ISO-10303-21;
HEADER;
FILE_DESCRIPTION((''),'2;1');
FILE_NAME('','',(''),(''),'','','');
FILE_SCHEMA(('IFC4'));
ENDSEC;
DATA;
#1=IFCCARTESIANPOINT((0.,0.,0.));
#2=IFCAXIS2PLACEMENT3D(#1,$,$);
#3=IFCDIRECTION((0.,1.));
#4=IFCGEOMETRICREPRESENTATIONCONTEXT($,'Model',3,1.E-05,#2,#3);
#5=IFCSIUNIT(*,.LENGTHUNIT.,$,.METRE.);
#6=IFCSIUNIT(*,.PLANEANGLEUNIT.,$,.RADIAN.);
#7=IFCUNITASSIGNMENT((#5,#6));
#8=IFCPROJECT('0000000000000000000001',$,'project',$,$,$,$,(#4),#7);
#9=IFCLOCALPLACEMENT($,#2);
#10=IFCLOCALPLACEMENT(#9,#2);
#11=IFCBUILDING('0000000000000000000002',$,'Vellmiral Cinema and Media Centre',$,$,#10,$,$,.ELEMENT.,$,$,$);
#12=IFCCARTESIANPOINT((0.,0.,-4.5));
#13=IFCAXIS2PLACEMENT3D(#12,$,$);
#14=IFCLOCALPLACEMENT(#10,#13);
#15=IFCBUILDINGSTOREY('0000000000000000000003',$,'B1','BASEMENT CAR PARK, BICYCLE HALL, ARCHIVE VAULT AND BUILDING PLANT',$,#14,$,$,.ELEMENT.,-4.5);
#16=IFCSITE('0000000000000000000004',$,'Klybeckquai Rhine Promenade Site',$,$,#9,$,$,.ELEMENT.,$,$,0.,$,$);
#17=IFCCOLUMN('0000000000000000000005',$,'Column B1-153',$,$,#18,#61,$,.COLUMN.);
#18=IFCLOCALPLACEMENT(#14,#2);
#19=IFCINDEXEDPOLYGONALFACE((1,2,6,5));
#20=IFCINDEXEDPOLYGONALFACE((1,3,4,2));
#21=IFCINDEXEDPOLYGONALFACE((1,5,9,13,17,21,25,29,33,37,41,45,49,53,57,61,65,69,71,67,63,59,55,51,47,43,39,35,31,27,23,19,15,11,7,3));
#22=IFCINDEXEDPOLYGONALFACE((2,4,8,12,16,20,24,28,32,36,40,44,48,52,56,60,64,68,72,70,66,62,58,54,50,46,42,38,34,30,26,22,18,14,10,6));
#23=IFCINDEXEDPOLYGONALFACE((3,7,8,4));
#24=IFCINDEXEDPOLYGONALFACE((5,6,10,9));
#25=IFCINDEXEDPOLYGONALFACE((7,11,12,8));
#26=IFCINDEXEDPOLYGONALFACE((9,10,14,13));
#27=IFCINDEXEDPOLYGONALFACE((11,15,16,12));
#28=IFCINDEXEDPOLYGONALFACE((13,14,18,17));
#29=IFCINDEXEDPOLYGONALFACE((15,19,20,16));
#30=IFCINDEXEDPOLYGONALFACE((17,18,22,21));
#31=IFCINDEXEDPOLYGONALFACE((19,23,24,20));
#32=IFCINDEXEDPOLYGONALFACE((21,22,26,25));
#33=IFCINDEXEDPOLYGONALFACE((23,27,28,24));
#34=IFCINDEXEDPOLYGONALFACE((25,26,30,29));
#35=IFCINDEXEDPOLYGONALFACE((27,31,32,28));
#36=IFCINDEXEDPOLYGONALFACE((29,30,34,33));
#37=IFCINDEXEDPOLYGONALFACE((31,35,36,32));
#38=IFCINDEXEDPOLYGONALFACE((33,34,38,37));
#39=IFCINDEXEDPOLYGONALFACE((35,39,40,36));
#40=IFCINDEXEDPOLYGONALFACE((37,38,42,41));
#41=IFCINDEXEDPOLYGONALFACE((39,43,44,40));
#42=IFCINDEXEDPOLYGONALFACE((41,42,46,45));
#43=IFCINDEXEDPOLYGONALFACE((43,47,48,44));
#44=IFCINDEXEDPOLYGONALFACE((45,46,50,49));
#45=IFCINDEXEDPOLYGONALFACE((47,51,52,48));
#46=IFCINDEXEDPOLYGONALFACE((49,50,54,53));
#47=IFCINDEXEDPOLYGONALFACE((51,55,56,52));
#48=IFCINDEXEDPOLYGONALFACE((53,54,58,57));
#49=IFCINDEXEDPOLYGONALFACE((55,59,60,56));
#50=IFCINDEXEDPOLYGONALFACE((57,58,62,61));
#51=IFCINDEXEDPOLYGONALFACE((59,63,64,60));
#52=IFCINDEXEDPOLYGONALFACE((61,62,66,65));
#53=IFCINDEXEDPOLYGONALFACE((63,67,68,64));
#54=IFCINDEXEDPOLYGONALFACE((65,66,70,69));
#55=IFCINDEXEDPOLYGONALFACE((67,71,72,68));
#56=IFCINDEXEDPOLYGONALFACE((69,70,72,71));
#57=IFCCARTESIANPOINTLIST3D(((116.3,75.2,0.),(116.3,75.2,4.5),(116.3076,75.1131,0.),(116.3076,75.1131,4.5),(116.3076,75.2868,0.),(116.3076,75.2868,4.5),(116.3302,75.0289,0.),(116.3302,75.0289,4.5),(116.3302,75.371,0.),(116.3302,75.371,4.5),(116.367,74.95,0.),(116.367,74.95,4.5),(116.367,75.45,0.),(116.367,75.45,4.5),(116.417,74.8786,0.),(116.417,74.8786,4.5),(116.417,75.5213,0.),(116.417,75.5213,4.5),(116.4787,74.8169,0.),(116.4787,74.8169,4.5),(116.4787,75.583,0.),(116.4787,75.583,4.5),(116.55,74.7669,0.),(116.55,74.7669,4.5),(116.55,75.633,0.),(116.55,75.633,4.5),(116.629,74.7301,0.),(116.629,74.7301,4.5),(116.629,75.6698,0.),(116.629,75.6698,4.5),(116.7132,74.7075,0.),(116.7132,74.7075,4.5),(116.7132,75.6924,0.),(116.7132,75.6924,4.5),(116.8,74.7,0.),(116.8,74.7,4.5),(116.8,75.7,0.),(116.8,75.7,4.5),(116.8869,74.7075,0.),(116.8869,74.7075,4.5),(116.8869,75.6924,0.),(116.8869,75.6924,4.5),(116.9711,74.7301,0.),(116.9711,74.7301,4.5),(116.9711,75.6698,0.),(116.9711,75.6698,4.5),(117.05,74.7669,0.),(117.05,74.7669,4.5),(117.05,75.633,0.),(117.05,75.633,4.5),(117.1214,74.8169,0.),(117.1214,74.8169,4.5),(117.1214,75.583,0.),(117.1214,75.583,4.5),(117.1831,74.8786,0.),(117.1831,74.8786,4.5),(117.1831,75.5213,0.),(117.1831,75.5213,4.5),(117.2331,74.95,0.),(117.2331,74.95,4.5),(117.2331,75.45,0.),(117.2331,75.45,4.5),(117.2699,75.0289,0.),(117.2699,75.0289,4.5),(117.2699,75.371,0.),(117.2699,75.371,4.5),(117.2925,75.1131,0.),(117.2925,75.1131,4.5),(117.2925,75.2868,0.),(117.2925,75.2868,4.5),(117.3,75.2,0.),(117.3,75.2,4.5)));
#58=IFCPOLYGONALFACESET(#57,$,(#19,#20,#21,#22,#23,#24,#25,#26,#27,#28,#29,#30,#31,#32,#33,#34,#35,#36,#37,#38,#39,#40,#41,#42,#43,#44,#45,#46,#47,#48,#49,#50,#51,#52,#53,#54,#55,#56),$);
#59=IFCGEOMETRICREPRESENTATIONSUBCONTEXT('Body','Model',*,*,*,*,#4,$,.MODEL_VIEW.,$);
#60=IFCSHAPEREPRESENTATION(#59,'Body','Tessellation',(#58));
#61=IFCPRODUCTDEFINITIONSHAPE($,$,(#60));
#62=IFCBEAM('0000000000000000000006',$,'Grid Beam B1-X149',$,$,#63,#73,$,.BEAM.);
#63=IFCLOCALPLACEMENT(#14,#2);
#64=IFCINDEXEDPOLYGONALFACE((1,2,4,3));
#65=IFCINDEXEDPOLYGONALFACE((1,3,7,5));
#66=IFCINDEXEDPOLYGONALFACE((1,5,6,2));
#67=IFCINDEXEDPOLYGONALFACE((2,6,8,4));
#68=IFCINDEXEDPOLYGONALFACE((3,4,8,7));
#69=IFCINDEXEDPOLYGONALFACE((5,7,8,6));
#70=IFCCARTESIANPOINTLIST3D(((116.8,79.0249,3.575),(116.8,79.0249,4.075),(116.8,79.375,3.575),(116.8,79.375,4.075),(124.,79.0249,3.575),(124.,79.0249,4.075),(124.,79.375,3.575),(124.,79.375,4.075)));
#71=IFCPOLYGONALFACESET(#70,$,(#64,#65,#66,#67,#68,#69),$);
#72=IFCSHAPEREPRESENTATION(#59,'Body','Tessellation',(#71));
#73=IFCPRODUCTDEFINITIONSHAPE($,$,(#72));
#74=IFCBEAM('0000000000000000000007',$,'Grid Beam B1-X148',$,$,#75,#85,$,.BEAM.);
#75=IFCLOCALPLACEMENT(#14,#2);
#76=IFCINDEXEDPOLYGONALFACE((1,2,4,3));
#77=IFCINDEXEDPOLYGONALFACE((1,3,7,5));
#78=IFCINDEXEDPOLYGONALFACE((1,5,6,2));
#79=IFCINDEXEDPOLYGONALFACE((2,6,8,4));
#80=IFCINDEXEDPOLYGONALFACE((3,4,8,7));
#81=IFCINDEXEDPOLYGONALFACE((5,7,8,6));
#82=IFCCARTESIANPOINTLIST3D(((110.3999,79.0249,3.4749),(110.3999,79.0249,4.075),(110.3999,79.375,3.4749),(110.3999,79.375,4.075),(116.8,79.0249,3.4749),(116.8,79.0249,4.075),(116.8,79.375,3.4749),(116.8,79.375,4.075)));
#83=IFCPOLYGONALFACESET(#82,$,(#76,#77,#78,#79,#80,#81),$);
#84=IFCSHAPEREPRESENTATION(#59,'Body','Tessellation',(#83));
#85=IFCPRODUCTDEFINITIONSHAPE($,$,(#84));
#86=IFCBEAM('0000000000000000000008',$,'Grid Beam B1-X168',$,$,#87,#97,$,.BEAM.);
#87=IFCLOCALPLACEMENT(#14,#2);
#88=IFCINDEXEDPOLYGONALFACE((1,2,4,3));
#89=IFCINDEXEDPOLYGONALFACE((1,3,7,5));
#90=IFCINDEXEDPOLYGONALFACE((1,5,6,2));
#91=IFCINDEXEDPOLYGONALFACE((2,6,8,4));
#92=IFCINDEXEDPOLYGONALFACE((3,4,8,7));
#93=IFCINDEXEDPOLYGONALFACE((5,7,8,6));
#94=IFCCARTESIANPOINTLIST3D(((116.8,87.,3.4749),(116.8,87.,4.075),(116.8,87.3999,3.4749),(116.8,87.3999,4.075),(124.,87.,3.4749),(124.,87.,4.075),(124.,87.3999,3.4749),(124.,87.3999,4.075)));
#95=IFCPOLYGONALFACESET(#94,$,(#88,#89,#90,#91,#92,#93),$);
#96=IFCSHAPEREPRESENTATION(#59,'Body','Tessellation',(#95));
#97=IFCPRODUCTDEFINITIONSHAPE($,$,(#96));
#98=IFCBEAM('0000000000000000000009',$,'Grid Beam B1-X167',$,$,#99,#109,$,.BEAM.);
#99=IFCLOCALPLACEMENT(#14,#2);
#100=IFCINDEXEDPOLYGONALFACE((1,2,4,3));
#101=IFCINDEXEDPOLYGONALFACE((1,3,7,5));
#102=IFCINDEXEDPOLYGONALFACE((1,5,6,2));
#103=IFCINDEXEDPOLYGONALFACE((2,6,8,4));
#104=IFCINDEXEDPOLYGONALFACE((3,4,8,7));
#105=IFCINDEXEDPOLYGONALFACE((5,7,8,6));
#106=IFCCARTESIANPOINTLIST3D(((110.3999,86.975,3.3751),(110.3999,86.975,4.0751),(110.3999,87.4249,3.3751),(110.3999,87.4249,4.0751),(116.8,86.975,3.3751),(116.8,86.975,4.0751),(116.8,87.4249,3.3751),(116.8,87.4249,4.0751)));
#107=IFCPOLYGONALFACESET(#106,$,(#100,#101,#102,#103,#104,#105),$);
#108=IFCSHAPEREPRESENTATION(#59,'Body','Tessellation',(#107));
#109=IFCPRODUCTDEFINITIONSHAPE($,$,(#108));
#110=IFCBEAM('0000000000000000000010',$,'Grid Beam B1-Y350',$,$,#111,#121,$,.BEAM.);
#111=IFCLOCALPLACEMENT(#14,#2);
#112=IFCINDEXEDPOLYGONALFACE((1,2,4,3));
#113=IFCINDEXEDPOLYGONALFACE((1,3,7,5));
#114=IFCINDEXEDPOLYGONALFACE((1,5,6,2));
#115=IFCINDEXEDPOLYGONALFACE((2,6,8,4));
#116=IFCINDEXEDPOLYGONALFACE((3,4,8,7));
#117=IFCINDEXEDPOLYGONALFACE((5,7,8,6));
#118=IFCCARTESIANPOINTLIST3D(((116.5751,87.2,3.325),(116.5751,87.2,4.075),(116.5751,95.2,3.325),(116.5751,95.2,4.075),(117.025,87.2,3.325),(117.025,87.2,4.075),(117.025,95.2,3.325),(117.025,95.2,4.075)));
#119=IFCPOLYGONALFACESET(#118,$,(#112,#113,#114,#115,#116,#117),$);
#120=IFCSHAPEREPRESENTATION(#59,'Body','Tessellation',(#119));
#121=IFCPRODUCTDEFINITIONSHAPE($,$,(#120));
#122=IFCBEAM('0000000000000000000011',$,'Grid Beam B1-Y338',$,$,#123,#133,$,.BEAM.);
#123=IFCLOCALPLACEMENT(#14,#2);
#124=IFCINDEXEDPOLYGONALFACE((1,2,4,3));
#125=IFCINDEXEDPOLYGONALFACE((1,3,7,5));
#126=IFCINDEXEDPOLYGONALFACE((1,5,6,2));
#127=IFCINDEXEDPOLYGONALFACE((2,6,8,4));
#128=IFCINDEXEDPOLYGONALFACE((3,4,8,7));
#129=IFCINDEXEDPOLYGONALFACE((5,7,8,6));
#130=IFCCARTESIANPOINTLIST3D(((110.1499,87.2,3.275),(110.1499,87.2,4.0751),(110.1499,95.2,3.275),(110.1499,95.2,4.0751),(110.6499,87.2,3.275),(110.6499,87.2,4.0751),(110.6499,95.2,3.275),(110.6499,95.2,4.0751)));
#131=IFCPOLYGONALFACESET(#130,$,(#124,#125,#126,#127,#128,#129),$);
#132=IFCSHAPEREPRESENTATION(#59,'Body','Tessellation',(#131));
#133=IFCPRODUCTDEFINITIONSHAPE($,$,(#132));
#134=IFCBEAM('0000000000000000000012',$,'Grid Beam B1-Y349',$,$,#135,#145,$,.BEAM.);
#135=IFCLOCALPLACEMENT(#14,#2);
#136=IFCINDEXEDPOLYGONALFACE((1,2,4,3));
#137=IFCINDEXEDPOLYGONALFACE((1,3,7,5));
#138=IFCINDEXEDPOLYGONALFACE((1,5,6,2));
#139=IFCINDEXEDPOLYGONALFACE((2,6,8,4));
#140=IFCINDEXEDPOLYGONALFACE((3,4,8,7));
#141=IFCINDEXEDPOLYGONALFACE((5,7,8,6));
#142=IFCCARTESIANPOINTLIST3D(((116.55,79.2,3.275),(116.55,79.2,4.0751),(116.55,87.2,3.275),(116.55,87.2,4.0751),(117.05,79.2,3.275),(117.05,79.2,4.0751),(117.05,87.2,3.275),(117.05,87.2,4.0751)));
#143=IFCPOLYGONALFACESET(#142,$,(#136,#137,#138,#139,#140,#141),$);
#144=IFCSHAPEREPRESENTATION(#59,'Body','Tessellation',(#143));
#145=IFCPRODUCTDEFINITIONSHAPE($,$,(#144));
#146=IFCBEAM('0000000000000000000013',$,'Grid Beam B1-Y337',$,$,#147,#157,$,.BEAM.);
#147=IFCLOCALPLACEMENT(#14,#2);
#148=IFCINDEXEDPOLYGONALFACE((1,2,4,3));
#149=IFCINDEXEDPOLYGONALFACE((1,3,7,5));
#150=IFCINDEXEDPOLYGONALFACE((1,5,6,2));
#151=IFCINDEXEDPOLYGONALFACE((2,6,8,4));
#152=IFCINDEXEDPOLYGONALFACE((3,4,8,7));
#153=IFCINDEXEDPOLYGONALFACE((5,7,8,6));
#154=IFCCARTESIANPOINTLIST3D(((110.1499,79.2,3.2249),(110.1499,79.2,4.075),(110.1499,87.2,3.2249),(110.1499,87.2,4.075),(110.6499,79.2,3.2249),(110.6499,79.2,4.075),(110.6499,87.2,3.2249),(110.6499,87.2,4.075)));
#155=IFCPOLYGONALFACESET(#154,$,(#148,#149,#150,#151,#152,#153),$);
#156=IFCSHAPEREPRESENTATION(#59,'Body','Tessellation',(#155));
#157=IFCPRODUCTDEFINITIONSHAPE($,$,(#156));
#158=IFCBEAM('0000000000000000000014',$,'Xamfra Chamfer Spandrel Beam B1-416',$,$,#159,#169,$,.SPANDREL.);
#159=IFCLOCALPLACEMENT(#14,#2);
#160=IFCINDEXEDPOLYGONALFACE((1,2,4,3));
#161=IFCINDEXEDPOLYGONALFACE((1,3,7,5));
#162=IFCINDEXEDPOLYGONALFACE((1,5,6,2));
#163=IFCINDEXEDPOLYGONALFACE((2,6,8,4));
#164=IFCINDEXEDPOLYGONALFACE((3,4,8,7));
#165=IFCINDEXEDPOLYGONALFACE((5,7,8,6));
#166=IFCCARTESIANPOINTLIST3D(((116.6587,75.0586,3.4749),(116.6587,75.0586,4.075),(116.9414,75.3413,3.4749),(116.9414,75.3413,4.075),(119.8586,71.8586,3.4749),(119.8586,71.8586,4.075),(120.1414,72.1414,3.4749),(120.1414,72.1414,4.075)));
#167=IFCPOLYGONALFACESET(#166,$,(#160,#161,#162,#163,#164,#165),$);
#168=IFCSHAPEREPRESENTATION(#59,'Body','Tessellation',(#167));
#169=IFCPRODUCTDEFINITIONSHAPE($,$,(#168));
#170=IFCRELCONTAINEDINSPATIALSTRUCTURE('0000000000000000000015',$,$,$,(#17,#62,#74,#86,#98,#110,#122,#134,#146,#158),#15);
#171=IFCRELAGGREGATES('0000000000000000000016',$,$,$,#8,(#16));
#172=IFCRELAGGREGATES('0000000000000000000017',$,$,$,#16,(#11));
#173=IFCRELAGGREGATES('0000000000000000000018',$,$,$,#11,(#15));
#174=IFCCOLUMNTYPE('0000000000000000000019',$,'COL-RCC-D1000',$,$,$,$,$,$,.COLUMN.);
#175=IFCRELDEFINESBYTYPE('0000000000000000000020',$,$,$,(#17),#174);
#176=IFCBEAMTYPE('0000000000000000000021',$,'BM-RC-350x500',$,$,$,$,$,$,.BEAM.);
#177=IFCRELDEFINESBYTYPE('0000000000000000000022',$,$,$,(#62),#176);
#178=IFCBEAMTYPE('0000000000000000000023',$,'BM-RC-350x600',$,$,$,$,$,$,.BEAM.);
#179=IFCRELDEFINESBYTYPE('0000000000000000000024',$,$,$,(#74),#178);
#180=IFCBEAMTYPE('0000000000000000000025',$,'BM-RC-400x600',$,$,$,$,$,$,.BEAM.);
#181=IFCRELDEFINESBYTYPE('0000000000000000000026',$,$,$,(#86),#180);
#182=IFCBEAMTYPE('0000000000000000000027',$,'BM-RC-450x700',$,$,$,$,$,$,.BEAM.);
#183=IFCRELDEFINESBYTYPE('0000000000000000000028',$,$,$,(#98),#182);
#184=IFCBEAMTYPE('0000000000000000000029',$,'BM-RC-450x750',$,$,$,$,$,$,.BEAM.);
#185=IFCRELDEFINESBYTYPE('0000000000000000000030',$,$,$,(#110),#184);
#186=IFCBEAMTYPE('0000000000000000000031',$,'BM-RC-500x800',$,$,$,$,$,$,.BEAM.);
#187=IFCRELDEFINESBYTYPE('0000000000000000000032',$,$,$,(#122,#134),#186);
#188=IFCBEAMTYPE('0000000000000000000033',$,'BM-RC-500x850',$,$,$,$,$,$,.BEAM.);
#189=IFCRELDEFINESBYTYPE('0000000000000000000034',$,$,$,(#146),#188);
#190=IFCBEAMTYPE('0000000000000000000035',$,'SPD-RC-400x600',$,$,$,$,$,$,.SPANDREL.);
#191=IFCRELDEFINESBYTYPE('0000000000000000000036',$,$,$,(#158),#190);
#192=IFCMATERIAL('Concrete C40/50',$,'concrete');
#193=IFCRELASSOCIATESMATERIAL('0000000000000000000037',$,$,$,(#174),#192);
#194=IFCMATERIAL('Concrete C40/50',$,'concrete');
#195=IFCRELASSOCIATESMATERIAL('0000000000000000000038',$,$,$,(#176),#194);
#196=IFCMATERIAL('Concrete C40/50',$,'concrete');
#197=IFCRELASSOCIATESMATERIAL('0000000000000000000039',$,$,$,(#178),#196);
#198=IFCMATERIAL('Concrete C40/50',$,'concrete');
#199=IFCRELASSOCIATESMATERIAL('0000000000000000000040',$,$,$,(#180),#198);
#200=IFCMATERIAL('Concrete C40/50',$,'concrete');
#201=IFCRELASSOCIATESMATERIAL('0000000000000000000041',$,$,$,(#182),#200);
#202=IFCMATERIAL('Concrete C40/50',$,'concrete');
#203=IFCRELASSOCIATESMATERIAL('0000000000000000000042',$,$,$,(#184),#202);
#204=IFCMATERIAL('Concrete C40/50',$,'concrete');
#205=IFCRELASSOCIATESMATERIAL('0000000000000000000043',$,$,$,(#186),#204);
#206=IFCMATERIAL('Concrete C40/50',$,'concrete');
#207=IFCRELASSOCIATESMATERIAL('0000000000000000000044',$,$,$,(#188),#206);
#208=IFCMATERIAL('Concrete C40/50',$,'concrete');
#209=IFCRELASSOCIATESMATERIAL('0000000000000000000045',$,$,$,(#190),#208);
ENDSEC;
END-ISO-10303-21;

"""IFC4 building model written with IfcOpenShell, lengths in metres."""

from ifc_helpers import new_model, si_unit, direction, frame, origin, origin_2d, place, context, subcontext, project, spatial, rectangle, circle, extrude, material, material_profile, profile_set, type_object, element, save


model = new_model("IFC4")

# Units and contexts
model_context = context("Model", 3, precision=1e-05, world=origin(), true_north=direction((0.0, 1.0)))
body_context = subcontext(model_context, "Body", "Model", "MODEL_VIEW")
ifc_project = project(units=[si_unit("LENGTHUNIT", "METRE"), si_unit("PLANEANGLEUNIT", "RADIAN")], contexts=[model_context])

# Site, building, storey
site_placement = place(None, origin())
site = spatial("IfcSite", under=ifc_project, at=site_placement, Name="Klybeckquai Rhine Promenade Site", CompositionType="ELEMENT", RefElevation=0.0)
building_placement = place(site_placement, origin())
building = spatial("IfcBuilding", under=site, at=building_placement, Name="Vellmiral Cinema and Media Centre", CompositionType="ELEMENT")
storey_placement = place(building_placement, frame((0.0, 0.0, -4.5)))
storey = spatial("IfcBuildingStorey", under=building, at=storey_placement, Name="B1", Description="BASEMENT CAR PARK, BICYCLE HALL, ARCHIVE VAULT AND BUILDING PLANT", CompositionType="ELEMENT", Elevation=-4.5)

# Column
ifc_material_1 = material(Name="Concrete C40/50", Category="concrete")
ifc_material_profile_1 = material_profile(ifc_material_1, circle(Radius=0.5, at=origin_2d()), Name="RC D1000")
ifc_profile_set_1 = profile_set([ifc_material_profile_1], Name="Concrete C40/50")
column_type_1 = type_object("IfcColumnType", Name="COL-RCC-D1000", PredefinedType="COLUMN", material=ifc_profile_set_1)
column_placement = place(storey_placement, frame((116.8, 75.2, 0.0), z_axis=(0.0, 0.0, 1.0), x_axis=(1.0, 0.0, 0.0)))
element("IfcColumn", 1, at=column_placement, inside=storey, type_object=column_type_1, Name="Column B1-153", PredefinedType="COLUMN", context=body_context, shape_type="SweptSolid", body=[
    extrude(circle(Radius=0.5, at=origin_2d()), origin(), (0.0, 0.0, 1.0), 4.5),
])

# Beams
ifc_material_2 = material(Name="Concrete C40/50", Category="concrete")
ifc_material_profile_2 = material_profile(ifc_material_2, rectangle(XDim=0.3501, YDim=0.5, at=origin_2d()), Name="RC 350x500")
ifc_profile_set_2 = profile_set([ifc_material_profile_2], Name="Concrete C40/50")
beam_type_1 = type_object("IfcBeamType", Name="BM-RC-350x500", PredefinedType="BEAM", material=ifc_profile_set_2)
beam_1_placement = place(storey_placement, frame((116.8, 79.2, 3.825), z_axis=(1.0, 0.0, 0.0), x_axis=(0.0, 1.0, 0.0)))
element("IfcBeam", 2, at=beam_1_placement, inside=storey, type_object=beam_type_1, Name="Grid Beam B1-X149", PredefinedType="BEAM", context=body_context, shape_type="SweptSolid", body=[
    extrude(rectangle(XDim=0.3501, YDim=0.5, at=origin_2d()), origin(), (0.0, 0.0, 1.0), 7.2),
])
ifc_material_3 = material(Name="Concrete C40/50", Category="concrete")
ifc_material_profile_3 = material_profile(ifc_material_3, rectangle(XDim=0.3501, YDim=0.6001, at=origin_2d()), Name="RC 350x600")
ifc_profile_set_3 = profile_set([ifc_material_profile_3], Name="Concrete C40/50")
beam_type_2 = type_object("IfcBeamType", Name="BM-RC-350x600", PredefinedType="BEAM", material=ifc_profile_set_3)
beam_2_placement = place(storey_placement, frame((110.3999, 79.2, 3.7749), z_axis=(1.0, 0.0, 0.0), x_axis=(0.0, 1.0, 0.0)))
element("IfcBeam", 3, at=beam_2_placement, inside=storey, type_object=beam_type_2, Name="Grid Beam B1-X148", PredefinedType="BEAM", context=body_context, shape_type="SweptSolid", body=[
    extrude(rectangle(XDim=0.3501, YDim=0.6001, at=origin_2d()), origin(), (0.0, 0.0, 1.0), 6.4001),
])
ifc_material_4 = material(Name="Concrete C40/50", Category="concrete")
ifc_material_profile_4 = material_profile(ifc_material_4, rectangle(XDim=0.3999, YDim=0.6001, at=origin_2d()), Name="RC 400x600")
ifc_profile_set_4 = profile_set([ifc_material_profile_4], Name="Concrete C40/50")
beam_type_3 = type_object("IfcBeamType", Name="BM-RC-400x600", PredefinedType="BEAM", material=ifc_profile_set_4)
beam_3_placement = place(storey_placement, frame((116.8, 87.2, 3.7749), z_axis=(1.0, 0.0, 0.0), x_axis=(0.0, 1.0, 0.0)))
element("IfcBeam", 4, at=beam_3_placement, inside=storey, type_object=beam_type_3, Name="Grid Beam B1-X168", PredefinedType="BEAM", context=body_context, shape_type="SweptSolid", body=[
    extrude(rectangle(XDim=0.3999, YDim=0.6001, at=origin_2d()), origin(), (0.0, 0.0, 1.0), 7.2),
])
ifc_material_5 = material(Name="Concrete C40/50", Category="concrete")
ifc_material_profile_5 = material_profile(ifc_material_5, rectangle(XDim=0.45, YDim=0.7, at=origin_2d()), Name="RC 450x700")
ifc_profile_set_5 = profile_set([ifc_material_profile_5], Name="Concrete C40/50")
beam_type_4 = type_object("IfcBeamType", Name="BM-RC-450x700", PredefinedType="BEAM", material=ifc_profile_set_5)
beam_4_placement = place(storey_placement, frame((110.3999, 87.2, 3.7251), z_axis=(1.0, 0.0, 0.0), x_axis=(0.0, 1.0, 0.0)))
element("IfcBeam", 5, at=beam_4_placement, inside=storey, type_object=beam_type_4, Name="Grid Beam B1-X167", PredefinedType="BEAM", context=body_context, shape_type="SweptSolid", body=[
    extrude(rectangle(XDim=0.45, YDim=0.7, at=origin_2d()), origin(), (0.0, 0.0, 1.0), 6.4001),
])
ifc_material_6 = material(Name="Concrete C40/50", Category="concrete")
ifc_material_profile_6 = material_profile(ifc_material_6, rectangle(XDim=0.45, YDim=0.75, at=origin_2d()), Name="RC 450x750")
ifc_profile_set_6 = profile_set([ifc_material_profile_6], Name="Concrete C40/50")
beam_type_5 = type_object("IfcBeamType", Name="BM-RC-450x750", PredefinedType="BEAM", material=ifc_profile_set_6)
beam_5_placement = place(storey_placement, frame((116.8, 87.2, 3.7), z_axis=(0.0, 1.0, 0.0), x_axis=(-1.0, 0.0, 0.0)))
element("IfcBeam", 6, at=beam_5_placement, inside=storey, type_object=beam_type_5, Name="Grid Beam B1-Y350", PredefinedType="BEAM", context=body_context, shape_type="SweptSolid", body=[
    extrude(rectangle(XDim=0.45, YDim=0.75, at=origin_2d()), origin(), (0.0, 0.0, 1.0), 8.0),
])
ifc_material_7 = material(Name="Concrete C40/50", Category="concrete")
ifc_material_profile_7 = material_profile(ifc_material_7, rectangle(XDim=0.5, YDim=0.8, at=origin_2d()), Name="RC 500x800")
ifc_profile_set_7 = profile_set([ifc_material_profile_7], Name="Concrete C40/50")
beam_type_6 = type_object("IfcBeamType", Name="BM-RC-500x800", PredefinedType="BEAM", material=ifc_profile_set_7)
for number, where, z_axis, x_axis, name in (
    (7, (110.3999, 87.2, 3.675), (0.0, 1.0, 0.0), (-1.0, 0.0, 0.0), "Grid Beam B1-Y338"),
    (8, (116.8, 79.2, 3.675), (0.0, 1.0, 0.0), (-1.0, 0.0, 0.0), "Grid Beam B1-Y349"),
):
    element("IfcBeam", number, at=place(storey_placement, frame(where, z_axis=z_axis, x_axis=x_axis)), inside=storey, type_object=beam_type_6, Name=name, PredefinedType="BEAM", context=body_context, shape_type="SweptSolid", body=[
        extrude(rectangle(XDim=0.5, YDim=0.8, at=origin_2d()), origin(), (0.0, 0.0, 1.0), 8.0),
    ])
ifc_material_8 = material(Name="Concrete C40/50", Category="concrete")
ifc_material_profile_8 = material_profile(ifc_material_8, rectangle(XDim=0.5, YDim=0.8501, at=origin_2d()), Name="RC 500x850")
ifc_profile_set_8 = profile_set([ifc_material_profile_8], Name="Concrete C40/50")
beam_type_7 = type_object("IfcBeamType", Name="BM-RC-500x850", PredefinedType="BEAM", material=ifc_profile_set_8)
beam_6_placement = place(storey_placement, frame((110.3999, 79.2, 3.6499), z_axis=(0.0, 1.0, 0.0), x_axis=(-1.0, 0.0, 0.0)))
element("IfcBeam", 9, at=beam_6_placement, inside=storey, type_object=beam_type_7, Name="Grid Beam B1-Y337", PredefinedType="BEAM", context=body_context, shape_type="SweptSolid", body=[
    extrude(rectangle(XDim=0.5, YDim=0.8501, at=origin_2d()), origin(), (0.0, 0.0, 1.0), 8.0),
])
ifc_material_9 = material(Name="Concrete C40/50", Category="concrete")
ifc_material_profile_9 = material_profile(ifc_material_9, rectangle(XDim=0.3999, YDim=0.6001, at=origin_2d()), Name="RC 400x600")
ifc_profile_set_9 = profile_set([ifc_material_profile_9], Name="Concrete C40/50")
beam_type_8 = type_object("IfcBeamType", Name="SPD-RC-400x600", PredefinedType="SPANDREL", material=ifc_profile_set_9)
beam_7_placement = place(storey_placement, frame((116.8, 75.2, 3.7749), z_axis=(0.707107, -0.707107, 0.0), x_axis=(0.707107, 0.707107, 0.0)))
element("IfcBeam", 10, at=beam_7_placement, inside=storey, type_object=beam_type_8, Name="Xamfra Chamfer Spandrel Beam B1-416", PredefinedType="SPANDREL", context=body_context, shape_type="SweptSolid", body=[
    extrude(rectangle(XDim=0.3999, YDim=0.6001, at=origin_2d()), origin(), (0.0, 0.0, 1.0), 4.5254),
])

save(model, "model.ifc")
